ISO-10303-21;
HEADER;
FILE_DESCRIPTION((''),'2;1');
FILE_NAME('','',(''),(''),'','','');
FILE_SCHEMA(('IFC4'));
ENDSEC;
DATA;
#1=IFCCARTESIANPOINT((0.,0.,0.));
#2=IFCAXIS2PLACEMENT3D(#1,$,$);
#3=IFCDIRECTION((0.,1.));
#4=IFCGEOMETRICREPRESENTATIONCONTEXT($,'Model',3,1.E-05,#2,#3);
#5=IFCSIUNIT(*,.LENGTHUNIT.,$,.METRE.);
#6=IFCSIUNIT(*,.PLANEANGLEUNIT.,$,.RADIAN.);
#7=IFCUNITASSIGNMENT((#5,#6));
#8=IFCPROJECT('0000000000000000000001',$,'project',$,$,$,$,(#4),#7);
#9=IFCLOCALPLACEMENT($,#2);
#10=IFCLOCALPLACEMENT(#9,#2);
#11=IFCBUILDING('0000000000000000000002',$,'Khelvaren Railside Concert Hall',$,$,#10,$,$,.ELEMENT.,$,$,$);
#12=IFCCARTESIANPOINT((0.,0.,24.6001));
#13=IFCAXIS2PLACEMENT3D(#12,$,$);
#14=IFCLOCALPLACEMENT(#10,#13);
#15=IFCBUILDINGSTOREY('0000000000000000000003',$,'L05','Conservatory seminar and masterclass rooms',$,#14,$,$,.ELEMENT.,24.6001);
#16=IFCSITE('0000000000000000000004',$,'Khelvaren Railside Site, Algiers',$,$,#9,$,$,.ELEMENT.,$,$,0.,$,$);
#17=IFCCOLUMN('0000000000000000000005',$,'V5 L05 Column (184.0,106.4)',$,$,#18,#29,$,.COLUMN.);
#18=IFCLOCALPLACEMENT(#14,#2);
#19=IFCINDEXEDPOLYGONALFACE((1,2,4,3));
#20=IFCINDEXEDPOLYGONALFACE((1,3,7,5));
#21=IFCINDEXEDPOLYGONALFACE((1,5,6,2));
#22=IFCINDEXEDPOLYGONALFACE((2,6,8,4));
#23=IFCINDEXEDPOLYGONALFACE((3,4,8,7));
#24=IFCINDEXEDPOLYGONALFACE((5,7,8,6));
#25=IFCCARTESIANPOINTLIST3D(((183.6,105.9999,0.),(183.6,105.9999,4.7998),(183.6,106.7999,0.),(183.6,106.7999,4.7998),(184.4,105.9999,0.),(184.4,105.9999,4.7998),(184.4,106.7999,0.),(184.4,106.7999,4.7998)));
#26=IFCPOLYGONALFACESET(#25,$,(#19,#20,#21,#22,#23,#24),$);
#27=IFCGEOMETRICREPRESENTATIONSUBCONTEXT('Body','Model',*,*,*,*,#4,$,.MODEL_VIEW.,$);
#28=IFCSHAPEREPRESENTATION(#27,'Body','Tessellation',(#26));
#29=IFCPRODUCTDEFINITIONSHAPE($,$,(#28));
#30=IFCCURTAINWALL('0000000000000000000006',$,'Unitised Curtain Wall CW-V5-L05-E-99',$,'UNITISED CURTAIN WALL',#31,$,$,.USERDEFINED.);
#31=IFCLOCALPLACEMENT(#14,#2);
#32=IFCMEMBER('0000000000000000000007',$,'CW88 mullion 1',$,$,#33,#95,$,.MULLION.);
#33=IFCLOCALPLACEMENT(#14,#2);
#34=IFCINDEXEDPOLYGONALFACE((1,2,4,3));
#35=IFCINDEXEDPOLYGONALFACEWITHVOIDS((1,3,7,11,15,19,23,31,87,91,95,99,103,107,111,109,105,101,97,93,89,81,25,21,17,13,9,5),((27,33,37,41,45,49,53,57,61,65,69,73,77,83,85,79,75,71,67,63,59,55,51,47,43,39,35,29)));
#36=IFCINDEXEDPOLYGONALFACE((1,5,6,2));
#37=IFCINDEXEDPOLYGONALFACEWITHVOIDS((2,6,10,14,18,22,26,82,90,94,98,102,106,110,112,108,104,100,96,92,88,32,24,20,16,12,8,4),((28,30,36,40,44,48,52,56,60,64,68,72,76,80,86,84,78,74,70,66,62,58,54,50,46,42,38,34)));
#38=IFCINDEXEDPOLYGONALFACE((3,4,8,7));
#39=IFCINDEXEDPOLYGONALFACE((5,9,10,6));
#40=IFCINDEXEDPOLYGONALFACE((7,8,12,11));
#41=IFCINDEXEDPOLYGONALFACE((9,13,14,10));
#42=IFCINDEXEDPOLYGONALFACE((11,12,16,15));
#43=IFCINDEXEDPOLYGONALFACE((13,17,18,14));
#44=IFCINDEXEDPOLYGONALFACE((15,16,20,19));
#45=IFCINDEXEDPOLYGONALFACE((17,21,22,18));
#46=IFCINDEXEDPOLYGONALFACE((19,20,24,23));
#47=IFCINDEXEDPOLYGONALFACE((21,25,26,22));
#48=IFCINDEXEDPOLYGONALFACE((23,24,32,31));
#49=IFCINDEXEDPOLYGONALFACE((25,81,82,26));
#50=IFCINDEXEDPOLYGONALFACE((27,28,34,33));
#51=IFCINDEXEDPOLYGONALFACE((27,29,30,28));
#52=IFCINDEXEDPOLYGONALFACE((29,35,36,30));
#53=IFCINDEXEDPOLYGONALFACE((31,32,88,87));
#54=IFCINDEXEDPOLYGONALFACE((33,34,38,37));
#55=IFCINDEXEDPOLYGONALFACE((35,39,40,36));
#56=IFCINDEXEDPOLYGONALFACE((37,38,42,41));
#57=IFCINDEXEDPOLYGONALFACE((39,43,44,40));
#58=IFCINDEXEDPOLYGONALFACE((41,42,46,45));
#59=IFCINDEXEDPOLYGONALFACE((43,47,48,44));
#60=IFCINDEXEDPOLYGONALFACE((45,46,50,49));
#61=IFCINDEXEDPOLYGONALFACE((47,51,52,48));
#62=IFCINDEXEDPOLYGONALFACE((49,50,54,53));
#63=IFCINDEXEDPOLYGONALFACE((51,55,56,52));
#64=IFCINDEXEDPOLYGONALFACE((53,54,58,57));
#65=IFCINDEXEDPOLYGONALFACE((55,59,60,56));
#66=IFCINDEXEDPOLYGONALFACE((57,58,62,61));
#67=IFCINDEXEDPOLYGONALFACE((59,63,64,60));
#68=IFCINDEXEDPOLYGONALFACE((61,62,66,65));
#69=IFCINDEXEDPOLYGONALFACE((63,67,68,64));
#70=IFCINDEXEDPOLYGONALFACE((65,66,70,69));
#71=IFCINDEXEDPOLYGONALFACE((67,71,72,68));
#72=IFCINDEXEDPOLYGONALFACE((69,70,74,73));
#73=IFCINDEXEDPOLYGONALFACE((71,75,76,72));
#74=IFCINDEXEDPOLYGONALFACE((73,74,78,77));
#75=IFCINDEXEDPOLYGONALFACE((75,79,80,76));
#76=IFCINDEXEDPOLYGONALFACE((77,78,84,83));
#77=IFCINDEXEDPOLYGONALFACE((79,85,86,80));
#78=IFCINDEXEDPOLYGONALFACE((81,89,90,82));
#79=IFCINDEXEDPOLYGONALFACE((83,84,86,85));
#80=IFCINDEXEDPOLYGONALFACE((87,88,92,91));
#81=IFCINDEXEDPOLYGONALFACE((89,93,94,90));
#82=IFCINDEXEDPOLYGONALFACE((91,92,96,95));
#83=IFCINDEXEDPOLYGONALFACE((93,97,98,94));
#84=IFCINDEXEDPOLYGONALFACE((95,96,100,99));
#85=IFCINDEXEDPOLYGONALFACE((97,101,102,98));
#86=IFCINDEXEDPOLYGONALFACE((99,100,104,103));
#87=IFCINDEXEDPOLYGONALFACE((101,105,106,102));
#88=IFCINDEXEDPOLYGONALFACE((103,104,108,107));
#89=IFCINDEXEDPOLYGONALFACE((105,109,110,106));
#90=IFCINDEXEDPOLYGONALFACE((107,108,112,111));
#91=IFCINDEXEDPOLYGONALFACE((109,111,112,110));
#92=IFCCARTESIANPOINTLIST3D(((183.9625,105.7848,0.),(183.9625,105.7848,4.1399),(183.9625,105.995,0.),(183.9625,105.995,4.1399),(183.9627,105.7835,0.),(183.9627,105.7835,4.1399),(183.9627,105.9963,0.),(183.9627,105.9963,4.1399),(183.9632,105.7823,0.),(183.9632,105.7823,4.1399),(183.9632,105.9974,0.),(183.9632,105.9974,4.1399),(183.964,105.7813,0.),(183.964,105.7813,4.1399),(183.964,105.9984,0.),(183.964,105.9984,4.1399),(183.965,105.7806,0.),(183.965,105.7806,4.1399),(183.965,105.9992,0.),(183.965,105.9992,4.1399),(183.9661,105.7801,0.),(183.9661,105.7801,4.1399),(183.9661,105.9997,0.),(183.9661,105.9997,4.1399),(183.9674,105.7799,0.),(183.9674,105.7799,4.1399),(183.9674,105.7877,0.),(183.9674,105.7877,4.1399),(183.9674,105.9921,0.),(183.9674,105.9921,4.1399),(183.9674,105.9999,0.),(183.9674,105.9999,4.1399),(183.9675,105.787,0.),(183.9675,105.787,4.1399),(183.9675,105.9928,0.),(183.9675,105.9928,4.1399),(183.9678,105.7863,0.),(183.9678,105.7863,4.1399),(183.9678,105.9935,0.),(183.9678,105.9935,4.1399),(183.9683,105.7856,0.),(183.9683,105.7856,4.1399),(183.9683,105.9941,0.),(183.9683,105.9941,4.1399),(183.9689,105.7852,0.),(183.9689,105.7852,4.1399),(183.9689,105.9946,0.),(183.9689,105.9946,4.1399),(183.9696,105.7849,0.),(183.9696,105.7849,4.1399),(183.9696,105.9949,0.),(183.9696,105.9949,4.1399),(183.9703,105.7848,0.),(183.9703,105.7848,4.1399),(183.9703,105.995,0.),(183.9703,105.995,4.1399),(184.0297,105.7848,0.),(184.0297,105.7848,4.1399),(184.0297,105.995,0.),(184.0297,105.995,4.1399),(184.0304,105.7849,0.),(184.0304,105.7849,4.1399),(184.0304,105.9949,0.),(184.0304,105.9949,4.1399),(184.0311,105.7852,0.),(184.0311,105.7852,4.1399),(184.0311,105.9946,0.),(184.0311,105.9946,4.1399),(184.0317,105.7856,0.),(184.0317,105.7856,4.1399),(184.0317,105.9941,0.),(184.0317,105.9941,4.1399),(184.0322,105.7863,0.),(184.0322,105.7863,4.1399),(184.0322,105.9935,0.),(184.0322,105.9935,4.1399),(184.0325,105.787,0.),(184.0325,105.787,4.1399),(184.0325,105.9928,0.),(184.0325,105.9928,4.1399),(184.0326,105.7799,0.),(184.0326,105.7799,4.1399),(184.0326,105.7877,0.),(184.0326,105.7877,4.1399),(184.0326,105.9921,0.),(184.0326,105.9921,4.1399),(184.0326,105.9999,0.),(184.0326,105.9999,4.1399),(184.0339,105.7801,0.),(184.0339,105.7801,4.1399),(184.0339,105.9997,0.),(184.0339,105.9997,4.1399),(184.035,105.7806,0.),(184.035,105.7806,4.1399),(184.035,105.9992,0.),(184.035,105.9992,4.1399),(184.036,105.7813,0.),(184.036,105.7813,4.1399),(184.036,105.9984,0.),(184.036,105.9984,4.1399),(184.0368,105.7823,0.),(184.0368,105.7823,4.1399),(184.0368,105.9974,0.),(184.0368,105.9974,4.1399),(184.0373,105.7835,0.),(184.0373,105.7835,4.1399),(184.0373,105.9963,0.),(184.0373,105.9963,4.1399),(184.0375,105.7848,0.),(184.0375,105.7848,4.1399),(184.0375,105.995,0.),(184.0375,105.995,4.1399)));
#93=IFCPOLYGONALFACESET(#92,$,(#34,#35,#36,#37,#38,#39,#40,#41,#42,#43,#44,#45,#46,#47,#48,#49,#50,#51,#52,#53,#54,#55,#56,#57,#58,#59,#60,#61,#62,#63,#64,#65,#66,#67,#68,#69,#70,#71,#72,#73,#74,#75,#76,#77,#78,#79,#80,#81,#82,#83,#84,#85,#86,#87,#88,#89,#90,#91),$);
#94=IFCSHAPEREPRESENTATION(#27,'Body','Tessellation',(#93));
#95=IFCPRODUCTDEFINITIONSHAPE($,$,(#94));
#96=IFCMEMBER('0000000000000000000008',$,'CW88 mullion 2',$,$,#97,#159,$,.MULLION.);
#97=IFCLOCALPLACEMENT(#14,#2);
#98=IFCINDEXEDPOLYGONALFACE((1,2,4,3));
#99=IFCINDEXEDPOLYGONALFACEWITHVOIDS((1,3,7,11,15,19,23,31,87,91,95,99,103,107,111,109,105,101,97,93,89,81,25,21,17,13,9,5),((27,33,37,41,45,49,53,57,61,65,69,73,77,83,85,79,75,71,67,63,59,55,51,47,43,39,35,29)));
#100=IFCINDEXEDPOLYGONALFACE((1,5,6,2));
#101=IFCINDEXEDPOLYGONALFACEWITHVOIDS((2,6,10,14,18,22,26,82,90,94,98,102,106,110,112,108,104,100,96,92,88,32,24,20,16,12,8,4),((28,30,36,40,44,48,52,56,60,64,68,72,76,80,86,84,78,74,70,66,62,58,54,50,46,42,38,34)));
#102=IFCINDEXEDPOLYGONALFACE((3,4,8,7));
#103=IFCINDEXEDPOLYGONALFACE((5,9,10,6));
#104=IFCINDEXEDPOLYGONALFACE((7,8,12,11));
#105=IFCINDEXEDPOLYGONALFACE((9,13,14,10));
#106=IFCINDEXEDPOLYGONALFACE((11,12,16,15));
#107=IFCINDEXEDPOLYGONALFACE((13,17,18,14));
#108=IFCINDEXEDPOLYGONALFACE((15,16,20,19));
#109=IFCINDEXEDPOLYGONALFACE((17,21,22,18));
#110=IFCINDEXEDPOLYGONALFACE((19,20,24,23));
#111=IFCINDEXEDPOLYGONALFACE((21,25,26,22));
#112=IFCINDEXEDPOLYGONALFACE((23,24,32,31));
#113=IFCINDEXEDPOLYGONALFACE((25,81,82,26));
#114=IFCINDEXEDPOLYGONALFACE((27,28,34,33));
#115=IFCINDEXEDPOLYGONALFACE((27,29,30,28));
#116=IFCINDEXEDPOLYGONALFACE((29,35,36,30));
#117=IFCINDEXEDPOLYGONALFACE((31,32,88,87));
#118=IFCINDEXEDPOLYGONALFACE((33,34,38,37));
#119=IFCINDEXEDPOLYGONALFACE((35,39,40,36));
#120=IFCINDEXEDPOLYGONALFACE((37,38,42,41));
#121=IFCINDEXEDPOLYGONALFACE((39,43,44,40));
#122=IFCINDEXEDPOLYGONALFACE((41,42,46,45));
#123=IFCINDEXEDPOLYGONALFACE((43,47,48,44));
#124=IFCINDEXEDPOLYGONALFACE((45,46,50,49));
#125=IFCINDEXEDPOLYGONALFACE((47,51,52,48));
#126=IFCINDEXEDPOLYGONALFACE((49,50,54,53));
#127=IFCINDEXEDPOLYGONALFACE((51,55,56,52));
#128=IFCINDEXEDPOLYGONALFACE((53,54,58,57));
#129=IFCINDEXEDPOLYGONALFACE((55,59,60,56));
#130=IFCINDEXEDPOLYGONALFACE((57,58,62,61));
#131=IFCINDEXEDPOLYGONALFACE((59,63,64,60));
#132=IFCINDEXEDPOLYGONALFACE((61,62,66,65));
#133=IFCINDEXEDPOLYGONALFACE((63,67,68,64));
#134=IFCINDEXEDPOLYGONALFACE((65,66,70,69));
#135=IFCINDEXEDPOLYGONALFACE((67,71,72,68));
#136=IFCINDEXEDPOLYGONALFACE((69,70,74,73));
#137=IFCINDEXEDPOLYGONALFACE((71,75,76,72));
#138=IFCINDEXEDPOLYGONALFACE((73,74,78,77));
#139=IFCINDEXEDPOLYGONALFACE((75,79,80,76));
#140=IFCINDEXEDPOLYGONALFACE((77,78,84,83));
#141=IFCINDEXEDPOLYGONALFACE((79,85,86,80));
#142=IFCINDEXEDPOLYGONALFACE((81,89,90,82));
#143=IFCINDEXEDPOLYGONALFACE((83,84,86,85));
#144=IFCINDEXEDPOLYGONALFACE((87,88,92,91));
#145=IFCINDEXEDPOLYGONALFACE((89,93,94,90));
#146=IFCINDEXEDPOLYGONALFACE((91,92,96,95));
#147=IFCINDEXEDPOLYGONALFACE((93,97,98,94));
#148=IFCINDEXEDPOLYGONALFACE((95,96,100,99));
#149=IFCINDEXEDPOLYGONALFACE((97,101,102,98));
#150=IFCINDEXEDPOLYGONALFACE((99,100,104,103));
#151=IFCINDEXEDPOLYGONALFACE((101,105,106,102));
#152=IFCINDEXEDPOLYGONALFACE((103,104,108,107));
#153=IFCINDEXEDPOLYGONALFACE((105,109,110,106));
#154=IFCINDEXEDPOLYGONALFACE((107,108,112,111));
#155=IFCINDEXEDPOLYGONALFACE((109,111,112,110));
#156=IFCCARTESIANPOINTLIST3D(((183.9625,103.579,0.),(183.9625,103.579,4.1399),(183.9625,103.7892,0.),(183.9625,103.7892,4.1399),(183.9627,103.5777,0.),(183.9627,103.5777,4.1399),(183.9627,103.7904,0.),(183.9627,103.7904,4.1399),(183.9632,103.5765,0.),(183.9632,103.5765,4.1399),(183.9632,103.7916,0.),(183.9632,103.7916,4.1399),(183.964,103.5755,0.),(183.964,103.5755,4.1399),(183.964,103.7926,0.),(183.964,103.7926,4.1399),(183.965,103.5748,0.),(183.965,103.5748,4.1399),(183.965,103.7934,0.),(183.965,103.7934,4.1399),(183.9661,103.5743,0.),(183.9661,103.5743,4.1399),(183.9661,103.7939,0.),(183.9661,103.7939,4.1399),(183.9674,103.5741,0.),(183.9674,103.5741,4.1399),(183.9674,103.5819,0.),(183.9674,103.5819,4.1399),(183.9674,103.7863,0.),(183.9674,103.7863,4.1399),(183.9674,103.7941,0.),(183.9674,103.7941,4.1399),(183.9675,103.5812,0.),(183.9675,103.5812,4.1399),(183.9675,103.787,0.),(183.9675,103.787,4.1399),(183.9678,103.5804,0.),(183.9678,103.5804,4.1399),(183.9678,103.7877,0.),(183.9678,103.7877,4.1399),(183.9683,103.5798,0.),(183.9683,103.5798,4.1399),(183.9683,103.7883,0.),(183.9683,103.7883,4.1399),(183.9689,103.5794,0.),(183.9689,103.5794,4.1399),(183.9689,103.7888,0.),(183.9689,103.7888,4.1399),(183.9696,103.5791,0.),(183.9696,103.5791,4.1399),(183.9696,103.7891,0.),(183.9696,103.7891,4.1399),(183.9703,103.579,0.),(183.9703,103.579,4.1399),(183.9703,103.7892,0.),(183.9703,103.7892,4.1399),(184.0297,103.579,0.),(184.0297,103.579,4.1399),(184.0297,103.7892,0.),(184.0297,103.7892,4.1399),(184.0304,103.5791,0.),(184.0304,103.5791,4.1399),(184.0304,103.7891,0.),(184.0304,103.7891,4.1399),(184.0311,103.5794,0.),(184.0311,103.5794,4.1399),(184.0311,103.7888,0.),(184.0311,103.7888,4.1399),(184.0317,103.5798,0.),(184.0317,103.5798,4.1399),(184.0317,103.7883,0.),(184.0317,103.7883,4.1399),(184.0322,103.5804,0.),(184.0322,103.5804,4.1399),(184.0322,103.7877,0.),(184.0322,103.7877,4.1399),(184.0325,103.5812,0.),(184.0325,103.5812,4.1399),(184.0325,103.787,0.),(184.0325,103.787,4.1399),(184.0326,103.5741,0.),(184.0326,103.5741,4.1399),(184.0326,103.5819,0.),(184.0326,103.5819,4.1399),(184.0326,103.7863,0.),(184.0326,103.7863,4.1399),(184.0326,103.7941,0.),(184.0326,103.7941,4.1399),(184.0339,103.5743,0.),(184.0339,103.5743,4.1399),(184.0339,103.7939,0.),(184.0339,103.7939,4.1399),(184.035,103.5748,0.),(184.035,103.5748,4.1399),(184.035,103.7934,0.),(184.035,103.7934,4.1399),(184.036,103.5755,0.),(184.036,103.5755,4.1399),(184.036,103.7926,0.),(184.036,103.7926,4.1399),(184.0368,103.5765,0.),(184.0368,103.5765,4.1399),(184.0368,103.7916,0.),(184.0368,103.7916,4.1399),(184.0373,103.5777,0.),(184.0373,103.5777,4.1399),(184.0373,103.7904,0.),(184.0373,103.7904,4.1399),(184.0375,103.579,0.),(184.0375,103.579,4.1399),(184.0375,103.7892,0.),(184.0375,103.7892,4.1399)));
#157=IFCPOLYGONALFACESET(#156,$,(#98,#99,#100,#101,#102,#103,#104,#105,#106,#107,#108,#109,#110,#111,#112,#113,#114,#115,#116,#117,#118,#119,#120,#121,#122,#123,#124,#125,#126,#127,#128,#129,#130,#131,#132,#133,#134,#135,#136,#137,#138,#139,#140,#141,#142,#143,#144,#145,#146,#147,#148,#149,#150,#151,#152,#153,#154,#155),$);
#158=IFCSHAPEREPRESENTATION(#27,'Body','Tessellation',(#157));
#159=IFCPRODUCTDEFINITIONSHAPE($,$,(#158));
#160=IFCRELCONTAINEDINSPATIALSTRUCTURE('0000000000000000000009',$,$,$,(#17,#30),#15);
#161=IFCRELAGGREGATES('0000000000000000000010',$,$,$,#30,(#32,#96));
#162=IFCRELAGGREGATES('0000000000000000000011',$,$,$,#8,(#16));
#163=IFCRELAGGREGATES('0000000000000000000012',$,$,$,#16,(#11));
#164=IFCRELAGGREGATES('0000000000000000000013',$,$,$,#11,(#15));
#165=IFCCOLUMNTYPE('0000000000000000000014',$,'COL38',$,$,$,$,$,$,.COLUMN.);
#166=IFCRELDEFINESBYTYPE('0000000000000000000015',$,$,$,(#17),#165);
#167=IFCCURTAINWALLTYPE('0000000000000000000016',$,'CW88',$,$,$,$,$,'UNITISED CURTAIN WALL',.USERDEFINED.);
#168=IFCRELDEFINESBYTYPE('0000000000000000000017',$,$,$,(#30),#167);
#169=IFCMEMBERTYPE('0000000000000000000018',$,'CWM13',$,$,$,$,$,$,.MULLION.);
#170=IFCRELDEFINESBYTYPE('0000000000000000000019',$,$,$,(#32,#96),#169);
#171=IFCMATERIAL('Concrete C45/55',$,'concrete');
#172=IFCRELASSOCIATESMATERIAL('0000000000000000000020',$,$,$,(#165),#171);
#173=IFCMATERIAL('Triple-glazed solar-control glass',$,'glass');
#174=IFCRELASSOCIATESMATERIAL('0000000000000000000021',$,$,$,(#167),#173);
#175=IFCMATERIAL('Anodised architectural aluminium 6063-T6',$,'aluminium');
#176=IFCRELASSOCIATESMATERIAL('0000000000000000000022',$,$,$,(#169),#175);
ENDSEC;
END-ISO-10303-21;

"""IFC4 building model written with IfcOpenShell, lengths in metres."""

from ifc_helpers import new_model, si_unit, direction, frame, origin, origin_2d, place, context, subcontext, project, spatial, rectangle, hollow_rectangle, extrude, material, material_profile, profile_set, type_object, element, aggregate, save


model = new_model("IFC4")

# Units and contexts
model_context = context("Model", 3, precision=1e-05, world=origin(), true_north=direction((0.0, 1.0)))
body_context = subcontext(model_context, "Body", "Model", "MODEL_VIEW")
ifc_project = project(units=[si_unit("LENGTHUNIT", "METRE"), si_unit("PLANEANGLEUNIT", "RADIAN")], contexts=[model_context])

# Site, building, storey
site_placement = place(None, origin())
site = spatial("IfcSite", under=ifc_project, at=site_placement, Name="Khelvaren Railside Site, Algiers", CompositionType="ELEMENT", RefElevation=0.0)
building_placement = place(site_placement, origin())
building = spatial("IfcBuilding", under=site, at=building_placement, Name="Khelvaren Railside Concert Hall", CompositionType="ELEMENT")
storey_placement = place(building_placement, frame((0.0, 0.0, 24.6001)))
storey = spatial("IfcBuildingStorey", under=building, at=storey_placement, Name="L05", Description="Conservatory seminar and masterclass rooms", CompositionType="ELEMENT", Elevation=24.6001)

# Column
ifc_material_1 = material(Name="Concrete C45/55", Category="concrete")
ifc_material_profile_1 = material_profile(ifc_material_1, rectangle(XDim=0.8, YDim=0.8, at=origin_2d()), Name="RC 800x800")
ifc_profile_set_1 = profile_set([ifc_material_profile_1], Name="Concrete C45/55")
column_type = type_object("IfcColumnType", Name="COL38", PredefinedType="COLUMN", material=ifc_profile_set_1)
column_placement = place(storey_placement, frame((184.0, 106.3999, 0.0), z_axis=(0.0, 0.0, 1.0), x_axis=(1.0, 0.0, 0.0)))
element("IfcColumn", 1, at=column_placement, inside=storey, type_object=column_type, Name="V5 L05 Column (184.0,106.4)", PredefinedType="COLUMN", context=body_context, shape_type="SweptSolid", body=[
    extrude(rectangle(XDim=0.8, YDim=0.8, at=origin_2d()), origin(), (0.0, 0.0, 1.0), 4.7998),
])

# Curtain wall, members
ifc_material_2 = material(Name="Triple-glazed solar-control glass", Category="glass")
curtain_wall_type_1 = type_object("IfcCurtainWallType", Name="CW88", ElementType="UNITISED CURTAIN WALL", PredefinedType="USERDEFINED", material=ifc_material_2)
curtain_wall_1_placement = place(storey_placement, origin())
curtain_wall_1 = element("IfcCurtainWall", 2, at=curtain_wall_1_placement, inside=storey, type_object=curtain_wall_type_1, Name="Unitised Curtain Wall CW-V5-L05-E-99", ObjectType="UNITISED CURTAIN WALL", PredefinedType="USERDEFINED")
ifc_material_3 = material(Name="Anodised architectural aluminium 6063-T6", Category="aluminium")
ifc_material_profile_2 = material_profile(ifc_material_3, hollow_rectangle(XDim=0.075, YDim=0.22, WallThickness=0.0049, InnerFilletRadius=0.0029, OuterFilletRadius=0.0049, at=origin_2d()), Name="CWM 75x220x5")
ifc_profile_set_2 = profile_set([ifc_material_profile_2], Name="Anodised architectural aluminium 6063-T6")
member_type_1 = type_object("IfcMemberType", Name="CWM13", PredefinedType="MULLION", material=ifc_profile_set_2)
member_1_placement = place(storey_placement, frame((184.0, 105.8899, 0.0), z_axis=(0.0, 0.0, 1.0), x_axis=(1.0, 0.0, 0.0)))
member_1 = element("IfcMember", 3, at=member_1_placement, type_object=member_type_1, Name="CW88 mullion 1", PredefinedType="MULLION", context=body_context, shape_type="SweptSolid", body=[
    extrude(hollow_rectangle(XDim=0.075, YDim=0.22, WallThickness=0.0049, InnerFilletRadius=0.0029, OuterFilletRadius=0.0049, at=origin_2d()), origin(), (0.0, 0.0, 1.0), 4.1399),
])
member_2_placement = place(storey_placement, frame((184.0, 103.6841, 0.0), z_axis=(0.0, 0.0, 1.0), x_axis=(1.0, 0.0, 0.0)))
member_2 = element("IfcMember", 4, at=member_2_placement, type_object=member_type_1, Name="CW88 mullion 2", PredefinedType="MULLION", context=body_context, shape_type="SweptSolid", body=[
    extrude(hollow_rectangle(XDim=0.075, YDim=0.22, WallThickness=0.0049, InnerFilletRadius=0.0029, OuterFilletRadius=0.0049, at=origin_2d()), origin(), (0.0, 0.0, 1.0), 4.1399),
])

aggregate(curtain_wall_1, [member_1, member_2])

save(model, "model.ifc")
